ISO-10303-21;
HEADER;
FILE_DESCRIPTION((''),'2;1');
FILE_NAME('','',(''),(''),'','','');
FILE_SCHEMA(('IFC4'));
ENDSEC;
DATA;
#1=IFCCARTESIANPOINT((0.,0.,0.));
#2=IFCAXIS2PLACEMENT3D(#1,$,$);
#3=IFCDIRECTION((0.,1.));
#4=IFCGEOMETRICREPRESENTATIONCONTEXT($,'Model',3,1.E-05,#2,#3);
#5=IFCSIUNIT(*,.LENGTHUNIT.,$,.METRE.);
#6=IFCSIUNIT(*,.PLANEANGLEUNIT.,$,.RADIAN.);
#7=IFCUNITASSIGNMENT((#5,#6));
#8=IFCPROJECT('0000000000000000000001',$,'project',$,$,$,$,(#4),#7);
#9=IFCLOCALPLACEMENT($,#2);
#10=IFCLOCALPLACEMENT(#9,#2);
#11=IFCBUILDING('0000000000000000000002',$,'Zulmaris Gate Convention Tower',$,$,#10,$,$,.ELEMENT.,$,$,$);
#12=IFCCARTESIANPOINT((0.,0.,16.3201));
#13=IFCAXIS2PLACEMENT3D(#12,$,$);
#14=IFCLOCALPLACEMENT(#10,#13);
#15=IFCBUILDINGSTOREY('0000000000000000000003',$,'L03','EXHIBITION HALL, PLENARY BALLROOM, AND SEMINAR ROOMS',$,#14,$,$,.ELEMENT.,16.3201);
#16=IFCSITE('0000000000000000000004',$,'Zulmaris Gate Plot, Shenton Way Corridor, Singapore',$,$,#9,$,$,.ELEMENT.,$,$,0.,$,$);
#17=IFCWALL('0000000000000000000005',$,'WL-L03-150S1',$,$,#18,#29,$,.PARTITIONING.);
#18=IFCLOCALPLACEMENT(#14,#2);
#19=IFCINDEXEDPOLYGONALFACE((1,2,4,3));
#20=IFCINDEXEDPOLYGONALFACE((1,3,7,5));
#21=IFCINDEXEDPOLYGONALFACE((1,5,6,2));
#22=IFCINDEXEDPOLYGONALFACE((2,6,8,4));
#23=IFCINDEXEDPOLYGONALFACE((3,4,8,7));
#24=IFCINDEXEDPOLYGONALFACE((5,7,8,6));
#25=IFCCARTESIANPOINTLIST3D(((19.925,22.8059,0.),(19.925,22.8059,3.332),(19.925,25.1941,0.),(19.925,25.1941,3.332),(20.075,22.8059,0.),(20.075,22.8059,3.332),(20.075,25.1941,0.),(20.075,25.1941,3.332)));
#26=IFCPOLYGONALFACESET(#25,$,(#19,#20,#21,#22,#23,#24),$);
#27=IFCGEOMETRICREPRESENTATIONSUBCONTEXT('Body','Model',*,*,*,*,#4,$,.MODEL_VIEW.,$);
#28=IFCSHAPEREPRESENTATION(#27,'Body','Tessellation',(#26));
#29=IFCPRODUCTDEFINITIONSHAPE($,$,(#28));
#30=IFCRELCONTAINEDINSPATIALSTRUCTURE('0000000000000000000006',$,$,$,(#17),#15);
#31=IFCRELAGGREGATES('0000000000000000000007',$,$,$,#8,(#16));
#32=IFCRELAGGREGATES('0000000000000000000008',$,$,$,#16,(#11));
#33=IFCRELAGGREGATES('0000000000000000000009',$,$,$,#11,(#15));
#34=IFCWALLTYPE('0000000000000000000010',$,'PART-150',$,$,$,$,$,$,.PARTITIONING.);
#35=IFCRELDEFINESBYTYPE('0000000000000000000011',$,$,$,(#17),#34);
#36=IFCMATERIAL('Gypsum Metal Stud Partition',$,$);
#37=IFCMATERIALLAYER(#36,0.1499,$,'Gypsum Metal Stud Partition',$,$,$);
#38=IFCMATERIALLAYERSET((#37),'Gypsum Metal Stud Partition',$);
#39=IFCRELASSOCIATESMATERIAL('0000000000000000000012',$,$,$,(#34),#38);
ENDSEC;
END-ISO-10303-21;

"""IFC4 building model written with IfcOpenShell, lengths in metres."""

from ifc_helpers import new_model, si_unit, direction, frame, frame_2d, origin, place, context, subcontext, project, spatial, rectangle, extrude, material, layer, layer_set, type_object, element, save


model = new_model("IFC4")

# Units and contexts
model_context = context("Model", 3, precision=1e-05, world=origin(), true_north=direction((0.0, 1.0)))
body_context = subcontext(model_context, "Body", "Model", "MODEL_VIEW")
ifc_project = project(units=[si_unit("LENGTHUNIT", "METRE"), si_unit("PLANEANGLEUNIT", "RADIAN")], contexts=[model_context])

# Site, building, storey
site_placement = place(None, origin())
site = spatial("IfcSite", under=ifc_project, at=site_placement, Name="Zulmaris Gate Plot, Shenton Way Corridor, Singapore", CompositionType="ELEMENT", RefElevation=0.0)
building_placement = place(site_placement, origin())
building = spatial("IfcBuilding", under=site, at=building_placement, Name="Zulmaris Gate Convention Tower", CompositionType="ELEMENT")
storey_placement = place(building_placement, frame((0.0, 0.0, 16.3201)))
storey = spatial("IfcBuildingStorey", under=building, at=storey_placement, Name="L03", Description="EXHIBITION HALL, PLENARY BALLROOM, AND SEMINAR ROOMS", CompositionType="ELEMENT", Elevation=16.3201)

# Wall
ifc_material_1 = material(Name="Gypsum Metal Stud Partition")
ifc_layer_1 = layer(ifc_material_1, 0.1499, Name="Gypsum Metal Stud Partition")
ifc_layer_set_1 = layer_set([ifc_layer_1], Name="Gypsum Metal Stud Partition")
wall_type = type_object("IfcWallType", Name="PART-150", PredefinedType="PARTITIONING", material=ifc_layer_set_1)
wall_placement = place(storey_placement, frame((20.0, 22.8059, 0.0), z_axis=(0.0, 0.0, 1.0), x_axis=(0.0, 1.0, 0.0)))
element("IfcWall", 1, at=wall_placement, inside=storey, type_object=wall_type, Name="WL-L03-150S1", PredefinedType="PARTITIONING", context=body_context, shape_type="SweptSolid", body=[
    extrude(rectangle(XDim=2.3882, YDim=0.1499, at=frame_2d((1.1941, 0.0))), origin(), (0.0, 0.0, 1.0), 3.332),
])

save(model, "model.ifc")
